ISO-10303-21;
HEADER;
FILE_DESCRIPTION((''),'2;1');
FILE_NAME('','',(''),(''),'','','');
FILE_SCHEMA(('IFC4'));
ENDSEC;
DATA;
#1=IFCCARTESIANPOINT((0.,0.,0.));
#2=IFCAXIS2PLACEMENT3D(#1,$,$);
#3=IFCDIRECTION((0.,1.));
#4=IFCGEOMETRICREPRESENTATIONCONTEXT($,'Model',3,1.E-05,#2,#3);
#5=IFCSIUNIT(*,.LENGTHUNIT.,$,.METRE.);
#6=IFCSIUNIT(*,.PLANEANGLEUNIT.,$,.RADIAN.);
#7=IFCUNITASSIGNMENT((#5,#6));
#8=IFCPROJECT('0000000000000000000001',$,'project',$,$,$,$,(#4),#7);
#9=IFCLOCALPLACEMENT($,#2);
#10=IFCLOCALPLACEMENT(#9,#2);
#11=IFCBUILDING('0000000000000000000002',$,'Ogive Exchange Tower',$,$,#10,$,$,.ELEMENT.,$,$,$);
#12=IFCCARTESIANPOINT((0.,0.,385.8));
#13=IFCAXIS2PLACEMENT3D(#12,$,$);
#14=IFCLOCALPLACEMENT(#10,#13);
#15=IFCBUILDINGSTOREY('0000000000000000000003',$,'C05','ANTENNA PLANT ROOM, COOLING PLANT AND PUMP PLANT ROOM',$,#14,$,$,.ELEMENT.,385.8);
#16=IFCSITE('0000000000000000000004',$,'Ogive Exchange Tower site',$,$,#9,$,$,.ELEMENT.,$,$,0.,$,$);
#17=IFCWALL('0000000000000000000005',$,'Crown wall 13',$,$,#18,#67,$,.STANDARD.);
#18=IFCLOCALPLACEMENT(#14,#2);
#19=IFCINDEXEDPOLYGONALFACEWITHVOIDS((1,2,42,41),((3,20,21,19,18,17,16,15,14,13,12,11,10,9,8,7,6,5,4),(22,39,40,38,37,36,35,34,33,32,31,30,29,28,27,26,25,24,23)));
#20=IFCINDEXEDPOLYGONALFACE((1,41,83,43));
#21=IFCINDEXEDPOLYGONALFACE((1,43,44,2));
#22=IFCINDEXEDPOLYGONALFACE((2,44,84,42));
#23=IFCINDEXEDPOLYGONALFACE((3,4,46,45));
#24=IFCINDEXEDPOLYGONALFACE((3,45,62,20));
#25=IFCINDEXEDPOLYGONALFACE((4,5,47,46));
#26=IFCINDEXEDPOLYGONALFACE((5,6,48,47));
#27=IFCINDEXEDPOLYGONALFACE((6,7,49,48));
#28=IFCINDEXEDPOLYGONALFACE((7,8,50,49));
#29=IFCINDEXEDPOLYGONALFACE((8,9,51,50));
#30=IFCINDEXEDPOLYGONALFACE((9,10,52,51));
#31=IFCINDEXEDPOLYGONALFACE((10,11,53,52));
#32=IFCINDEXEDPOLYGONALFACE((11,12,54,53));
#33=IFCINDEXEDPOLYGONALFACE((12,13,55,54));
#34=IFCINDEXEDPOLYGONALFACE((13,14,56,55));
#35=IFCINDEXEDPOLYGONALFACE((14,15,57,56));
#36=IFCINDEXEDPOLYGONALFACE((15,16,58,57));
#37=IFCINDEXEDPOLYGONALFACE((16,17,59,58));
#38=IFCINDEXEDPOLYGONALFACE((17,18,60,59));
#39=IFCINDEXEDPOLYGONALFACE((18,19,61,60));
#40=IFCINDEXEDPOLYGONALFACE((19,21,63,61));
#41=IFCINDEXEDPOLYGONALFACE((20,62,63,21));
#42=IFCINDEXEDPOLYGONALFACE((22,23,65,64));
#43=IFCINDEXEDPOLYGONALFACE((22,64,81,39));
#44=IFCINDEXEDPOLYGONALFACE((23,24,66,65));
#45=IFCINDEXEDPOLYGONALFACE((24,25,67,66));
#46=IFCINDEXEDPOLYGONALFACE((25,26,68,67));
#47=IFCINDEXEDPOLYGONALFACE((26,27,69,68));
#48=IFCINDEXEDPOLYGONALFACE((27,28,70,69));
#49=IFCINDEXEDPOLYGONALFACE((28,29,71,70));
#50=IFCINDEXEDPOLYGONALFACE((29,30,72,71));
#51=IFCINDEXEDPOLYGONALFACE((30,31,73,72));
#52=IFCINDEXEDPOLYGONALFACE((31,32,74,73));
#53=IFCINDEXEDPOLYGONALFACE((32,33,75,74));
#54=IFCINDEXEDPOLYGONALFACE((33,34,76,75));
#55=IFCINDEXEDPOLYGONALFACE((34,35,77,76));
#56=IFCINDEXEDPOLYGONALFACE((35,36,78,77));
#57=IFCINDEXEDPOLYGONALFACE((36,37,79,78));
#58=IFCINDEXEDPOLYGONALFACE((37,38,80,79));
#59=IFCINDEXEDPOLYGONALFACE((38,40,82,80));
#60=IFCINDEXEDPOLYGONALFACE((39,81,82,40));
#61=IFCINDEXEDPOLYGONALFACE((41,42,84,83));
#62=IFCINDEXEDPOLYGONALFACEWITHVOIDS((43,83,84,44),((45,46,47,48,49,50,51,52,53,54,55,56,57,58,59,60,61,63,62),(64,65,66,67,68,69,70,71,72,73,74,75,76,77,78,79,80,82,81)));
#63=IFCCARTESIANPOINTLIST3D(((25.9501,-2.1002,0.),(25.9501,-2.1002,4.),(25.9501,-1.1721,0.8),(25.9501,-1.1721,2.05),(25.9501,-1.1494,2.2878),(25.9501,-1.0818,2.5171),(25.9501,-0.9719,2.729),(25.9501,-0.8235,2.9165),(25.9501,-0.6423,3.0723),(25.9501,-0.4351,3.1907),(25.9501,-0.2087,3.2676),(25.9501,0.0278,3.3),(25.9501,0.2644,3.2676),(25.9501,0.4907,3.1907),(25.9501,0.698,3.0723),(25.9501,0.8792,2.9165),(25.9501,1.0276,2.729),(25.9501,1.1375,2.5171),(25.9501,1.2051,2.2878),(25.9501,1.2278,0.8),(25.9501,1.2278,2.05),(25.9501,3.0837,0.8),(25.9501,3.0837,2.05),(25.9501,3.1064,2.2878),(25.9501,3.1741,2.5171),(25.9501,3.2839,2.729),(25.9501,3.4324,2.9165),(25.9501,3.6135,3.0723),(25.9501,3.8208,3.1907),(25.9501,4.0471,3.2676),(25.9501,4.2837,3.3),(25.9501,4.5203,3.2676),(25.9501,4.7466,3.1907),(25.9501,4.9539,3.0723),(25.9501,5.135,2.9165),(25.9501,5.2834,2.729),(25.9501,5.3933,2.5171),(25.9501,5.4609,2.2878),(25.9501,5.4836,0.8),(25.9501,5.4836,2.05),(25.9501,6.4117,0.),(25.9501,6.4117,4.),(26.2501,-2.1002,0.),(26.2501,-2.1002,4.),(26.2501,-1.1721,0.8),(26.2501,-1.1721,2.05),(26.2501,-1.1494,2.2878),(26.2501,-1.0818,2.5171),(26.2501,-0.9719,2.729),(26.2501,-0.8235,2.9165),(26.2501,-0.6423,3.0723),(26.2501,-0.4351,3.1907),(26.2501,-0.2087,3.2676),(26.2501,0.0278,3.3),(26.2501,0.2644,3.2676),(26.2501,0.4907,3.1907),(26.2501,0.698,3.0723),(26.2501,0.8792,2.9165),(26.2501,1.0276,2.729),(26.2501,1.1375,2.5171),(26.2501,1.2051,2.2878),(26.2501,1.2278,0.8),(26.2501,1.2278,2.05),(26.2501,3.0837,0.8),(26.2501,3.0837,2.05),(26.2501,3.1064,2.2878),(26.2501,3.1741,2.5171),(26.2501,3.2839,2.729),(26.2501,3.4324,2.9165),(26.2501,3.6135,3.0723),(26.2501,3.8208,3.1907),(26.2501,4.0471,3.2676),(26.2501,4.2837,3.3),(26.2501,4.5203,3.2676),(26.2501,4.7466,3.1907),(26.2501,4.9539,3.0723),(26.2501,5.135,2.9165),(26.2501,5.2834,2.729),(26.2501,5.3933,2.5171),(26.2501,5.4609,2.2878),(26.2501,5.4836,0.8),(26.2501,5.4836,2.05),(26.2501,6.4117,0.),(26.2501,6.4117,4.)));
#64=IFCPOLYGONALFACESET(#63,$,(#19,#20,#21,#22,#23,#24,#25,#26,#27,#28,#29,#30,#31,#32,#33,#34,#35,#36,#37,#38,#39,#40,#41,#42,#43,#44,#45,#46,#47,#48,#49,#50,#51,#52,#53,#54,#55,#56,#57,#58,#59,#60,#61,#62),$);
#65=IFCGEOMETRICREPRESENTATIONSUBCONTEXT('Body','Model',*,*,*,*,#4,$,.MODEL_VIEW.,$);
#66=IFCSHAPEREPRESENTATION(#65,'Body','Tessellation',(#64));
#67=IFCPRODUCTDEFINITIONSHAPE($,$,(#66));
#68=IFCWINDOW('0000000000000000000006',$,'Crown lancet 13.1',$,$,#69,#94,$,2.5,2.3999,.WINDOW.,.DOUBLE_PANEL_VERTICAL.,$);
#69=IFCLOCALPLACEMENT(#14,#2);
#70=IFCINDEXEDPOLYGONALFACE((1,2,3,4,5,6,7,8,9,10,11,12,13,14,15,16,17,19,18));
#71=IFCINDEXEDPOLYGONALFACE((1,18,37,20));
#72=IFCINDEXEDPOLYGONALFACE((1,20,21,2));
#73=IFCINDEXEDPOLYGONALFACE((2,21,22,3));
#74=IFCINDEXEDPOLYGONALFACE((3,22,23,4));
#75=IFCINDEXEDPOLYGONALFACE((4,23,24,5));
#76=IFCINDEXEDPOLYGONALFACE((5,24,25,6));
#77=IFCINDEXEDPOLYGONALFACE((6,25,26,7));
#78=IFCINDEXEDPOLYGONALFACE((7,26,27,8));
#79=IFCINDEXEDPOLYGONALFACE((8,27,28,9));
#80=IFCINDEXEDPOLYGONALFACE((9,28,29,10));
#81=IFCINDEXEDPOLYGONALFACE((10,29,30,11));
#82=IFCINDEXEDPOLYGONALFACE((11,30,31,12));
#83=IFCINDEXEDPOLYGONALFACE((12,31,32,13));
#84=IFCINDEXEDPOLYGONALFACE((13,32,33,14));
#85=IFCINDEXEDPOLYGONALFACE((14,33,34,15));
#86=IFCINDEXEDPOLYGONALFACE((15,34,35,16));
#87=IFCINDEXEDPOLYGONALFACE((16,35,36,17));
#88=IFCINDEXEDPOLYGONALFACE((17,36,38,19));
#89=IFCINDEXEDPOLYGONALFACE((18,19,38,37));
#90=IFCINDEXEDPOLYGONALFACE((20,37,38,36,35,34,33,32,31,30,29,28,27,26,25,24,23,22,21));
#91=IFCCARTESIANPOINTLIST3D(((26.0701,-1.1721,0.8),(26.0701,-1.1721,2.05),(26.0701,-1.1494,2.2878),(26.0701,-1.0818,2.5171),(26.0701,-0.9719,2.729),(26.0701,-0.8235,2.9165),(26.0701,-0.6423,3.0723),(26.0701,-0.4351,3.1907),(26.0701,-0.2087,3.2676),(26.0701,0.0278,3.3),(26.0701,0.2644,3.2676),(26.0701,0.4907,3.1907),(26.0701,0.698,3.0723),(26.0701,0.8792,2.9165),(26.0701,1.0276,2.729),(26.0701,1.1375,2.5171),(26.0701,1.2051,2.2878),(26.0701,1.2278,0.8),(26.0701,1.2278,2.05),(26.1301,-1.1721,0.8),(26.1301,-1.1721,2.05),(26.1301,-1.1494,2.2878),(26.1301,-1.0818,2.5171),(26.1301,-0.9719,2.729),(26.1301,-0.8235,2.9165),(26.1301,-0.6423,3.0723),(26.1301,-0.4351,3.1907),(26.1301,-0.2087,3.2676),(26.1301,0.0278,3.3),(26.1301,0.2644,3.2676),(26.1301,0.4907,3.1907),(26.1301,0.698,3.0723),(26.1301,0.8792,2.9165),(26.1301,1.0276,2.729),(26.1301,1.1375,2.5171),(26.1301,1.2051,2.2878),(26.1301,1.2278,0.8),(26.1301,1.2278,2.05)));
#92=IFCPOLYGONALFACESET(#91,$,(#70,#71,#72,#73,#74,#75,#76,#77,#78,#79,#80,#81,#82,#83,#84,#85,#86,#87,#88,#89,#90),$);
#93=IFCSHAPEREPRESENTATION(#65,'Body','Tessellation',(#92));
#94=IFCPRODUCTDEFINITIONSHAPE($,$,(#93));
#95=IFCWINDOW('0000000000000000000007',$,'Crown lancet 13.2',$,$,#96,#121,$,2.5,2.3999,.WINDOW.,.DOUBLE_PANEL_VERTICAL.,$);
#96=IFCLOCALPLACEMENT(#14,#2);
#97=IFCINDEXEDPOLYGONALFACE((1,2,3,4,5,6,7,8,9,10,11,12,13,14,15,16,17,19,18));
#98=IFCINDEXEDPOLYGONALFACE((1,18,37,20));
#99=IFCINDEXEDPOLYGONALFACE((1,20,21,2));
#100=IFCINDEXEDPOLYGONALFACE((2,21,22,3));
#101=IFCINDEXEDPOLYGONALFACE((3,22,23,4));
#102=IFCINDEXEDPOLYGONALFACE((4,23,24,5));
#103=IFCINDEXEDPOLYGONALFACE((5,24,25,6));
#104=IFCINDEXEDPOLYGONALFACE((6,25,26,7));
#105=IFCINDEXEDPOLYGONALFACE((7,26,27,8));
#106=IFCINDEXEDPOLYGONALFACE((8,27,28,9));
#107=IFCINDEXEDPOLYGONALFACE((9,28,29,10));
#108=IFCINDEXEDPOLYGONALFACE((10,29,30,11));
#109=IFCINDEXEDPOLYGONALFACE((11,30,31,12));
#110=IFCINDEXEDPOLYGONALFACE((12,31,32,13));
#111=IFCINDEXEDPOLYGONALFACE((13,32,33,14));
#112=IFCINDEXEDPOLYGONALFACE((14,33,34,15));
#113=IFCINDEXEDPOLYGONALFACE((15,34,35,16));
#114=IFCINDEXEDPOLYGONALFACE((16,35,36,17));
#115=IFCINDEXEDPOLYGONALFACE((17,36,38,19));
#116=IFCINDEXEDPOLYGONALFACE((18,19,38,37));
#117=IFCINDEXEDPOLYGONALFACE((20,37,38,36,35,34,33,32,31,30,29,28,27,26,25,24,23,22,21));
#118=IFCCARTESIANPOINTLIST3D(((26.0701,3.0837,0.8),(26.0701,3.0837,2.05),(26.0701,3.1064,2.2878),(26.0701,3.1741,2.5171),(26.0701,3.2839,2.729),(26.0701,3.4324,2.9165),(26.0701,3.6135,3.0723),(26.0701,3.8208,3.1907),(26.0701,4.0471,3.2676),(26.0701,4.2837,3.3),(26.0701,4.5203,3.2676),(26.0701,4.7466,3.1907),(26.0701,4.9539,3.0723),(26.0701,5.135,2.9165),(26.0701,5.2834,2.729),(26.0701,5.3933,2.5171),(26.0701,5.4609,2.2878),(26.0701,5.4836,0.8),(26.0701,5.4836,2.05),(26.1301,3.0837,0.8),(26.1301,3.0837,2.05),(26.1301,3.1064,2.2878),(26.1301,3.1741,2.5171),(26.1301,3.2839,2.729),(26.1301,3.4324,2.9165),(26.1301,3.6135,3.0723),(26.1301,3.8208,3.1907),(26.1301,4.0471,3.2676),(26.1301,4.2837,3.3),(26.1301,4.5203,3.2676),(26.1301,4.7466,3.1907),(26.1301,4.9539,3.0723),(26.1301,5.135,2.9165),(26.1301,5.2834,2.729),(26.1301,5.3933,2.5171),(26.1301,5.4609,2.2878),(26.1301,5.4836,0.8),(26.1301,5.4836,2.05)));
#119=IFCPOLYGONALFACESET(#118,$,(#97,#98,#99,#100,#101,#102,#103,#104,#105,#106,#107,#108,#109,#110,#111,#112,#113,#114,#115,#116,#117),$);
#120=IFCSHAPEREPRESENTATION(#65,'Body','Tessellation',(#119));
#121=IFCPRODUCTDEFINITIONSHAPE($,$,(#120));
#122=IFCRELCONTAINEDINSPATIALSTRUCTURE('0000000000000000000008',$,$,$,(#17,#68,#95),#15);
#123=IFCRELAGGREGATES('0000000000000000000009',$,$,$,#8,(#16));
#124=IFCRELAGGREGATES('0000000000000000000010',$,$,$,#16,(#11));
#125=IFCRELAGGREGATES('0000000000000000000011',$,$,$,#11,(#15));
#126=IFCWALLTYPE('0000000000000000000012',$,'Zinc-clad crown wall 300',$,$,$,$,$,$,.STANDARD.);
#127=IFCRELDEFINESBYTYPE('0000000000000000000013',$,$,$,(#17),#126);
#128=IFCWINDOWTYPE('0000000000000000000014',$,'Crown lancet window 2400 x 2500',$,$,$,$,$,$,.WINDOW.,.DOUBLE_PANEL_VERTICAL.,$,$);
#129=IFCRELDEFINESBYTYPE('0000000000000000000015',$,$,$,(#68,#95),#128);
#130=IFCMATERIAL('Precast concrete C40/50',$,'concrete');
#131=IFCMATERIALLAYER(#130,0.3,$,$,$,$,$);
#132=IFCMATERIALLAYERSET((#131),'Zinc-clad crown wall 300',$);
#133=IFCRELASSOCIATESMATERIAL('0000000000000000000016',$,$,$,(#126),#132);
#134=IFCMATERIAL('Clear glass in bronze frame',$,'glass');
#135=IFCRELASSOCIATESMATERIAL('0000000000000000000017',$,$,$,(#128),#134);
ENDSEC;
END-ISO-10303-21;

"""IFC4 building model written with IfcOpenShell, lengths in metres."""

from ifc_helpers import new_model, si_unit, direction, frame, frame_2d, origin, place, context, subcontext, project, spatial, polyline, rectangle, outline, extrude, material, layer, layer_set, type_object, element, fill, save


model = new_model("IFC4")

# Units and contexts
model_context = context("Model", 3, precision=1e-05, world=origin(), true_north=direction((0.0, 1.0)))
body_context = subcontext(model_context, "Body", "Model", "MODEL_VIEW")
ifc_project = project(units=[si_unit("LENGTHUNIT", "METRE"), si_unit("PLANEANGLEUNIT", "RADIAN")], contexts=[model_context])

# Site, building, storey
site_placement = place(None, origin())
site = spatial("IfcSite", under=ifc_project, at=site_placement, Name="Ogive Exchange Tower site", CompositionType="ELEMENT", RefElevation=0.0)
building_placement = place(site_placement, origin())
building = spatial("IfcBuilding", under=site, at=building_placement, Name="Ogive Exchange Tower", CompositionType="ELEMENT")
storey_placement = place(building_placement, frame((0.0, 0.0, 385.8)))
storey = spatial("IfcBuildingStorey", under=building, at=storey_placement, Name="C05", Description="ANTENNA PLANT ROOM, COOLING PLANT AND PUMP PLANT ROOM", CompositionType="ELEMENT", Elevation=385.8)

# Shared definitions
ifc_material_1 = material(Name="Precast concrete C40/50", Category="concrete")
ifc_layer_1 = layer(ifc_material_1, 0.3)
ifc_layer_set_1 = layer_set([ifc_layer_1], Name="Zinc-clad crown wall 300")
wall_type_1 = type_object("IfcWallType", Name="Zinc-clad crown wall 300", PredefinedType="STANDARD", material=ifc_layer_set_1)

# Wall, openings, windows
wall_1_placement = place(storey_placement, frame((26.1001, -2.1001, 0.0), z_axis=(0.0, 0.0, 1.0), x_axis=(0.0, 1.0, 0.0)))
wall_1 = element("IfcWall", 1, at=wall_1_placement, inside=storey, type_object=wall_type_1, Name="Crown wall 13", PredefinedType="STANDARD", context=body_context, shape_type="SweptSolid", body=[
    extrude(rectangle(XDim=8.512, YDim=0.3, at=frame_2d((4.2559, 0.0))), origin(), (0.0, 0.0, 1.0), 4.0),
])
opening_1_placement = place(wall_1_placement, frame((0.928, 0.0, 0.8)))
opening_1 = element("IfcOpeningElement", 2, at=opening_1_placement, cuts=wall_1, PredefinedType="OPENING", context=body_context, shape_type="SweptSolid", body=[
    extrude(outline(polyline([(0.0, 0.0), (2.3999, 0.0), (2.3999, 1.25), (2.3772, 1.4878), (2.3096, 1.717), (2.1997, 1.929), (2.0513, 2.1165), (1.8701, 2.2722), (1.6628, 2.3906), (1.4365, 2.4675), (1.2, 2.5), (0.9634, 2.4675), (0.7371, 2.3906), (0.5298, 2.2722), (0.3486, 2.1165), (0.2002, 1.929), (0.0903, 1.717), (0.0227, 1.4878), (0.0, 1.25), (0.0, 0.0)])), frame((0.0, 0.1599, 0.0), z_axis=(0.0, -1.0, 0.0), x_axis=(1.0, 0.0, 0.0)), (0.0, 0.0, 1.0), 0.3201),
])
opening_2_placement = place(wall_1_placement, frame((5.1838, 0.0, 0.8)))
opening_2 = element("IfcOpeningElement", 3, at=opening_2_placement, cuts=wall_1, PredefinedType="OPENING", context=body_context, shape_type="SweptSolid", body=[
    extrude(outline(polyline([(0.0, 0.0), (2.3999, 0.0), (2.3999, 1.25), (2.3772, 1.4878), (2.3096, 1.717), (2.1997, 1.929), (2.0513, 2.1165), (1.8701, 2.2722), (1.6628, 2.3906), (1.4365, 2.4675), (1.2, 2.5), (0.9634, 2.4675), (0.7371, 2.3906), (0.5298, 2.2722), (0.3486, 2.1165), (0.2002, 1.929), (0.0903, 1.717), (0.0227, 1.4878), (0.0, 1.25), (0.0, 0.0)])), frame((0.0, 0.1599, 0.0), z_axis=(0.0, -1.0, 0.0), x_axis=(1.0, 0.0, 0.0)), (0.0, 0.0, 1.0), 0.3201),
])
ifc_material_2 = material(Name="Clear glass in bronze frame", Category="glass")
window_type = type_object("IfcWindowType", Name="Crown lancet window 2400 x 2500", PartitioningType="DOUBLE_PANEL_VERTICAL", PredefinedType="WINDOW", material=ifc_material_2)
window_1_placement = place(opening_1_placement, origin())
window_1 = element("IfcWindow", 4, at=window_1_placement, inside=storey, type_object=window_type, Name="Crown lancet 13.1", OverallHeight=2.5, OverallWidth=2.3999, PartitioningType="DOUBLE_PANEL_VERTICAL", PredefinedType="WINDOW", context=body_context, shape_type="SweptSolid", body=[
    extrude(outline(polyline([(0.0, 0.0), (2.3999, 0.0), (2.3999, 1.25), (2.3772, 1.4878), (2.3096, 1.717), (2.1997, 1.929), (2.0513, 2.1165), (1.8701, 2.2722), (1.6628, 2.3906), (1.4365, 2.4675), (1.2, 2.5), (0.9634, 2.4675), (0.7371, 2.3906), (0.5298, 2.2722), (0.3486, 2.1165), (0.2002, 1.929), (0.0903, 1.717), (0.0227, 1.4878), (0.0, 1.25), (0.0, 0.0)])), frame((0.0, 0.03, 0.0), z_axis=(0.0, -1.0, 0.0), x_axis=(1.0, 0.0, 0.0)), (0.0, 0.0, 1.0), 0.0601),
])
fill(opening_1, window_1)
window_2_placement = place(opening_2_placement, origin())
window_2 = element("IfcWindow", 5, at=window_2_placement, inside=storey, type_object=window_type, Name="Crown lancet 13.2", OverallHeight=2.5, OverallWidth=2.3999, PartitioningType="DOUBLE_PANEL_VERTICAL", PredefinedType="WINDOW", context=body_context, shape_type="SweptSolid", body=[
    extrude(outline(polyline([(0.0, 0.0), (2.3999, 0.0), (2.3999, 1.25), (2.3772, 1.4878), (2.3096, 1.717), (2.1997, 1.929), (2.0513, 2.1165), (1.8701, 2.2722), (1.6628, 2.3906), (1.4365, 2.4675), (1.2, 2.5), (0.9634, 2.4675), (0.7371, 2.3906), (0.5298, 2.2722), (0.3486, 2.1165), (0.2002, 1.929), (0.0903, 1.717), (0.0227, 1.4878), (0.0, 1.25), (0.0, 0.0)])), frame((0.0, 0.03, 0.0), z_axis=(0.0, -1.0, 0.0), x_axis=(1.0, 0.0, 0.0)), (0.0, 0.0, 1.0), 0.0601),
])
fill(opening_2, window_2)

save(model, "model.ifc")
